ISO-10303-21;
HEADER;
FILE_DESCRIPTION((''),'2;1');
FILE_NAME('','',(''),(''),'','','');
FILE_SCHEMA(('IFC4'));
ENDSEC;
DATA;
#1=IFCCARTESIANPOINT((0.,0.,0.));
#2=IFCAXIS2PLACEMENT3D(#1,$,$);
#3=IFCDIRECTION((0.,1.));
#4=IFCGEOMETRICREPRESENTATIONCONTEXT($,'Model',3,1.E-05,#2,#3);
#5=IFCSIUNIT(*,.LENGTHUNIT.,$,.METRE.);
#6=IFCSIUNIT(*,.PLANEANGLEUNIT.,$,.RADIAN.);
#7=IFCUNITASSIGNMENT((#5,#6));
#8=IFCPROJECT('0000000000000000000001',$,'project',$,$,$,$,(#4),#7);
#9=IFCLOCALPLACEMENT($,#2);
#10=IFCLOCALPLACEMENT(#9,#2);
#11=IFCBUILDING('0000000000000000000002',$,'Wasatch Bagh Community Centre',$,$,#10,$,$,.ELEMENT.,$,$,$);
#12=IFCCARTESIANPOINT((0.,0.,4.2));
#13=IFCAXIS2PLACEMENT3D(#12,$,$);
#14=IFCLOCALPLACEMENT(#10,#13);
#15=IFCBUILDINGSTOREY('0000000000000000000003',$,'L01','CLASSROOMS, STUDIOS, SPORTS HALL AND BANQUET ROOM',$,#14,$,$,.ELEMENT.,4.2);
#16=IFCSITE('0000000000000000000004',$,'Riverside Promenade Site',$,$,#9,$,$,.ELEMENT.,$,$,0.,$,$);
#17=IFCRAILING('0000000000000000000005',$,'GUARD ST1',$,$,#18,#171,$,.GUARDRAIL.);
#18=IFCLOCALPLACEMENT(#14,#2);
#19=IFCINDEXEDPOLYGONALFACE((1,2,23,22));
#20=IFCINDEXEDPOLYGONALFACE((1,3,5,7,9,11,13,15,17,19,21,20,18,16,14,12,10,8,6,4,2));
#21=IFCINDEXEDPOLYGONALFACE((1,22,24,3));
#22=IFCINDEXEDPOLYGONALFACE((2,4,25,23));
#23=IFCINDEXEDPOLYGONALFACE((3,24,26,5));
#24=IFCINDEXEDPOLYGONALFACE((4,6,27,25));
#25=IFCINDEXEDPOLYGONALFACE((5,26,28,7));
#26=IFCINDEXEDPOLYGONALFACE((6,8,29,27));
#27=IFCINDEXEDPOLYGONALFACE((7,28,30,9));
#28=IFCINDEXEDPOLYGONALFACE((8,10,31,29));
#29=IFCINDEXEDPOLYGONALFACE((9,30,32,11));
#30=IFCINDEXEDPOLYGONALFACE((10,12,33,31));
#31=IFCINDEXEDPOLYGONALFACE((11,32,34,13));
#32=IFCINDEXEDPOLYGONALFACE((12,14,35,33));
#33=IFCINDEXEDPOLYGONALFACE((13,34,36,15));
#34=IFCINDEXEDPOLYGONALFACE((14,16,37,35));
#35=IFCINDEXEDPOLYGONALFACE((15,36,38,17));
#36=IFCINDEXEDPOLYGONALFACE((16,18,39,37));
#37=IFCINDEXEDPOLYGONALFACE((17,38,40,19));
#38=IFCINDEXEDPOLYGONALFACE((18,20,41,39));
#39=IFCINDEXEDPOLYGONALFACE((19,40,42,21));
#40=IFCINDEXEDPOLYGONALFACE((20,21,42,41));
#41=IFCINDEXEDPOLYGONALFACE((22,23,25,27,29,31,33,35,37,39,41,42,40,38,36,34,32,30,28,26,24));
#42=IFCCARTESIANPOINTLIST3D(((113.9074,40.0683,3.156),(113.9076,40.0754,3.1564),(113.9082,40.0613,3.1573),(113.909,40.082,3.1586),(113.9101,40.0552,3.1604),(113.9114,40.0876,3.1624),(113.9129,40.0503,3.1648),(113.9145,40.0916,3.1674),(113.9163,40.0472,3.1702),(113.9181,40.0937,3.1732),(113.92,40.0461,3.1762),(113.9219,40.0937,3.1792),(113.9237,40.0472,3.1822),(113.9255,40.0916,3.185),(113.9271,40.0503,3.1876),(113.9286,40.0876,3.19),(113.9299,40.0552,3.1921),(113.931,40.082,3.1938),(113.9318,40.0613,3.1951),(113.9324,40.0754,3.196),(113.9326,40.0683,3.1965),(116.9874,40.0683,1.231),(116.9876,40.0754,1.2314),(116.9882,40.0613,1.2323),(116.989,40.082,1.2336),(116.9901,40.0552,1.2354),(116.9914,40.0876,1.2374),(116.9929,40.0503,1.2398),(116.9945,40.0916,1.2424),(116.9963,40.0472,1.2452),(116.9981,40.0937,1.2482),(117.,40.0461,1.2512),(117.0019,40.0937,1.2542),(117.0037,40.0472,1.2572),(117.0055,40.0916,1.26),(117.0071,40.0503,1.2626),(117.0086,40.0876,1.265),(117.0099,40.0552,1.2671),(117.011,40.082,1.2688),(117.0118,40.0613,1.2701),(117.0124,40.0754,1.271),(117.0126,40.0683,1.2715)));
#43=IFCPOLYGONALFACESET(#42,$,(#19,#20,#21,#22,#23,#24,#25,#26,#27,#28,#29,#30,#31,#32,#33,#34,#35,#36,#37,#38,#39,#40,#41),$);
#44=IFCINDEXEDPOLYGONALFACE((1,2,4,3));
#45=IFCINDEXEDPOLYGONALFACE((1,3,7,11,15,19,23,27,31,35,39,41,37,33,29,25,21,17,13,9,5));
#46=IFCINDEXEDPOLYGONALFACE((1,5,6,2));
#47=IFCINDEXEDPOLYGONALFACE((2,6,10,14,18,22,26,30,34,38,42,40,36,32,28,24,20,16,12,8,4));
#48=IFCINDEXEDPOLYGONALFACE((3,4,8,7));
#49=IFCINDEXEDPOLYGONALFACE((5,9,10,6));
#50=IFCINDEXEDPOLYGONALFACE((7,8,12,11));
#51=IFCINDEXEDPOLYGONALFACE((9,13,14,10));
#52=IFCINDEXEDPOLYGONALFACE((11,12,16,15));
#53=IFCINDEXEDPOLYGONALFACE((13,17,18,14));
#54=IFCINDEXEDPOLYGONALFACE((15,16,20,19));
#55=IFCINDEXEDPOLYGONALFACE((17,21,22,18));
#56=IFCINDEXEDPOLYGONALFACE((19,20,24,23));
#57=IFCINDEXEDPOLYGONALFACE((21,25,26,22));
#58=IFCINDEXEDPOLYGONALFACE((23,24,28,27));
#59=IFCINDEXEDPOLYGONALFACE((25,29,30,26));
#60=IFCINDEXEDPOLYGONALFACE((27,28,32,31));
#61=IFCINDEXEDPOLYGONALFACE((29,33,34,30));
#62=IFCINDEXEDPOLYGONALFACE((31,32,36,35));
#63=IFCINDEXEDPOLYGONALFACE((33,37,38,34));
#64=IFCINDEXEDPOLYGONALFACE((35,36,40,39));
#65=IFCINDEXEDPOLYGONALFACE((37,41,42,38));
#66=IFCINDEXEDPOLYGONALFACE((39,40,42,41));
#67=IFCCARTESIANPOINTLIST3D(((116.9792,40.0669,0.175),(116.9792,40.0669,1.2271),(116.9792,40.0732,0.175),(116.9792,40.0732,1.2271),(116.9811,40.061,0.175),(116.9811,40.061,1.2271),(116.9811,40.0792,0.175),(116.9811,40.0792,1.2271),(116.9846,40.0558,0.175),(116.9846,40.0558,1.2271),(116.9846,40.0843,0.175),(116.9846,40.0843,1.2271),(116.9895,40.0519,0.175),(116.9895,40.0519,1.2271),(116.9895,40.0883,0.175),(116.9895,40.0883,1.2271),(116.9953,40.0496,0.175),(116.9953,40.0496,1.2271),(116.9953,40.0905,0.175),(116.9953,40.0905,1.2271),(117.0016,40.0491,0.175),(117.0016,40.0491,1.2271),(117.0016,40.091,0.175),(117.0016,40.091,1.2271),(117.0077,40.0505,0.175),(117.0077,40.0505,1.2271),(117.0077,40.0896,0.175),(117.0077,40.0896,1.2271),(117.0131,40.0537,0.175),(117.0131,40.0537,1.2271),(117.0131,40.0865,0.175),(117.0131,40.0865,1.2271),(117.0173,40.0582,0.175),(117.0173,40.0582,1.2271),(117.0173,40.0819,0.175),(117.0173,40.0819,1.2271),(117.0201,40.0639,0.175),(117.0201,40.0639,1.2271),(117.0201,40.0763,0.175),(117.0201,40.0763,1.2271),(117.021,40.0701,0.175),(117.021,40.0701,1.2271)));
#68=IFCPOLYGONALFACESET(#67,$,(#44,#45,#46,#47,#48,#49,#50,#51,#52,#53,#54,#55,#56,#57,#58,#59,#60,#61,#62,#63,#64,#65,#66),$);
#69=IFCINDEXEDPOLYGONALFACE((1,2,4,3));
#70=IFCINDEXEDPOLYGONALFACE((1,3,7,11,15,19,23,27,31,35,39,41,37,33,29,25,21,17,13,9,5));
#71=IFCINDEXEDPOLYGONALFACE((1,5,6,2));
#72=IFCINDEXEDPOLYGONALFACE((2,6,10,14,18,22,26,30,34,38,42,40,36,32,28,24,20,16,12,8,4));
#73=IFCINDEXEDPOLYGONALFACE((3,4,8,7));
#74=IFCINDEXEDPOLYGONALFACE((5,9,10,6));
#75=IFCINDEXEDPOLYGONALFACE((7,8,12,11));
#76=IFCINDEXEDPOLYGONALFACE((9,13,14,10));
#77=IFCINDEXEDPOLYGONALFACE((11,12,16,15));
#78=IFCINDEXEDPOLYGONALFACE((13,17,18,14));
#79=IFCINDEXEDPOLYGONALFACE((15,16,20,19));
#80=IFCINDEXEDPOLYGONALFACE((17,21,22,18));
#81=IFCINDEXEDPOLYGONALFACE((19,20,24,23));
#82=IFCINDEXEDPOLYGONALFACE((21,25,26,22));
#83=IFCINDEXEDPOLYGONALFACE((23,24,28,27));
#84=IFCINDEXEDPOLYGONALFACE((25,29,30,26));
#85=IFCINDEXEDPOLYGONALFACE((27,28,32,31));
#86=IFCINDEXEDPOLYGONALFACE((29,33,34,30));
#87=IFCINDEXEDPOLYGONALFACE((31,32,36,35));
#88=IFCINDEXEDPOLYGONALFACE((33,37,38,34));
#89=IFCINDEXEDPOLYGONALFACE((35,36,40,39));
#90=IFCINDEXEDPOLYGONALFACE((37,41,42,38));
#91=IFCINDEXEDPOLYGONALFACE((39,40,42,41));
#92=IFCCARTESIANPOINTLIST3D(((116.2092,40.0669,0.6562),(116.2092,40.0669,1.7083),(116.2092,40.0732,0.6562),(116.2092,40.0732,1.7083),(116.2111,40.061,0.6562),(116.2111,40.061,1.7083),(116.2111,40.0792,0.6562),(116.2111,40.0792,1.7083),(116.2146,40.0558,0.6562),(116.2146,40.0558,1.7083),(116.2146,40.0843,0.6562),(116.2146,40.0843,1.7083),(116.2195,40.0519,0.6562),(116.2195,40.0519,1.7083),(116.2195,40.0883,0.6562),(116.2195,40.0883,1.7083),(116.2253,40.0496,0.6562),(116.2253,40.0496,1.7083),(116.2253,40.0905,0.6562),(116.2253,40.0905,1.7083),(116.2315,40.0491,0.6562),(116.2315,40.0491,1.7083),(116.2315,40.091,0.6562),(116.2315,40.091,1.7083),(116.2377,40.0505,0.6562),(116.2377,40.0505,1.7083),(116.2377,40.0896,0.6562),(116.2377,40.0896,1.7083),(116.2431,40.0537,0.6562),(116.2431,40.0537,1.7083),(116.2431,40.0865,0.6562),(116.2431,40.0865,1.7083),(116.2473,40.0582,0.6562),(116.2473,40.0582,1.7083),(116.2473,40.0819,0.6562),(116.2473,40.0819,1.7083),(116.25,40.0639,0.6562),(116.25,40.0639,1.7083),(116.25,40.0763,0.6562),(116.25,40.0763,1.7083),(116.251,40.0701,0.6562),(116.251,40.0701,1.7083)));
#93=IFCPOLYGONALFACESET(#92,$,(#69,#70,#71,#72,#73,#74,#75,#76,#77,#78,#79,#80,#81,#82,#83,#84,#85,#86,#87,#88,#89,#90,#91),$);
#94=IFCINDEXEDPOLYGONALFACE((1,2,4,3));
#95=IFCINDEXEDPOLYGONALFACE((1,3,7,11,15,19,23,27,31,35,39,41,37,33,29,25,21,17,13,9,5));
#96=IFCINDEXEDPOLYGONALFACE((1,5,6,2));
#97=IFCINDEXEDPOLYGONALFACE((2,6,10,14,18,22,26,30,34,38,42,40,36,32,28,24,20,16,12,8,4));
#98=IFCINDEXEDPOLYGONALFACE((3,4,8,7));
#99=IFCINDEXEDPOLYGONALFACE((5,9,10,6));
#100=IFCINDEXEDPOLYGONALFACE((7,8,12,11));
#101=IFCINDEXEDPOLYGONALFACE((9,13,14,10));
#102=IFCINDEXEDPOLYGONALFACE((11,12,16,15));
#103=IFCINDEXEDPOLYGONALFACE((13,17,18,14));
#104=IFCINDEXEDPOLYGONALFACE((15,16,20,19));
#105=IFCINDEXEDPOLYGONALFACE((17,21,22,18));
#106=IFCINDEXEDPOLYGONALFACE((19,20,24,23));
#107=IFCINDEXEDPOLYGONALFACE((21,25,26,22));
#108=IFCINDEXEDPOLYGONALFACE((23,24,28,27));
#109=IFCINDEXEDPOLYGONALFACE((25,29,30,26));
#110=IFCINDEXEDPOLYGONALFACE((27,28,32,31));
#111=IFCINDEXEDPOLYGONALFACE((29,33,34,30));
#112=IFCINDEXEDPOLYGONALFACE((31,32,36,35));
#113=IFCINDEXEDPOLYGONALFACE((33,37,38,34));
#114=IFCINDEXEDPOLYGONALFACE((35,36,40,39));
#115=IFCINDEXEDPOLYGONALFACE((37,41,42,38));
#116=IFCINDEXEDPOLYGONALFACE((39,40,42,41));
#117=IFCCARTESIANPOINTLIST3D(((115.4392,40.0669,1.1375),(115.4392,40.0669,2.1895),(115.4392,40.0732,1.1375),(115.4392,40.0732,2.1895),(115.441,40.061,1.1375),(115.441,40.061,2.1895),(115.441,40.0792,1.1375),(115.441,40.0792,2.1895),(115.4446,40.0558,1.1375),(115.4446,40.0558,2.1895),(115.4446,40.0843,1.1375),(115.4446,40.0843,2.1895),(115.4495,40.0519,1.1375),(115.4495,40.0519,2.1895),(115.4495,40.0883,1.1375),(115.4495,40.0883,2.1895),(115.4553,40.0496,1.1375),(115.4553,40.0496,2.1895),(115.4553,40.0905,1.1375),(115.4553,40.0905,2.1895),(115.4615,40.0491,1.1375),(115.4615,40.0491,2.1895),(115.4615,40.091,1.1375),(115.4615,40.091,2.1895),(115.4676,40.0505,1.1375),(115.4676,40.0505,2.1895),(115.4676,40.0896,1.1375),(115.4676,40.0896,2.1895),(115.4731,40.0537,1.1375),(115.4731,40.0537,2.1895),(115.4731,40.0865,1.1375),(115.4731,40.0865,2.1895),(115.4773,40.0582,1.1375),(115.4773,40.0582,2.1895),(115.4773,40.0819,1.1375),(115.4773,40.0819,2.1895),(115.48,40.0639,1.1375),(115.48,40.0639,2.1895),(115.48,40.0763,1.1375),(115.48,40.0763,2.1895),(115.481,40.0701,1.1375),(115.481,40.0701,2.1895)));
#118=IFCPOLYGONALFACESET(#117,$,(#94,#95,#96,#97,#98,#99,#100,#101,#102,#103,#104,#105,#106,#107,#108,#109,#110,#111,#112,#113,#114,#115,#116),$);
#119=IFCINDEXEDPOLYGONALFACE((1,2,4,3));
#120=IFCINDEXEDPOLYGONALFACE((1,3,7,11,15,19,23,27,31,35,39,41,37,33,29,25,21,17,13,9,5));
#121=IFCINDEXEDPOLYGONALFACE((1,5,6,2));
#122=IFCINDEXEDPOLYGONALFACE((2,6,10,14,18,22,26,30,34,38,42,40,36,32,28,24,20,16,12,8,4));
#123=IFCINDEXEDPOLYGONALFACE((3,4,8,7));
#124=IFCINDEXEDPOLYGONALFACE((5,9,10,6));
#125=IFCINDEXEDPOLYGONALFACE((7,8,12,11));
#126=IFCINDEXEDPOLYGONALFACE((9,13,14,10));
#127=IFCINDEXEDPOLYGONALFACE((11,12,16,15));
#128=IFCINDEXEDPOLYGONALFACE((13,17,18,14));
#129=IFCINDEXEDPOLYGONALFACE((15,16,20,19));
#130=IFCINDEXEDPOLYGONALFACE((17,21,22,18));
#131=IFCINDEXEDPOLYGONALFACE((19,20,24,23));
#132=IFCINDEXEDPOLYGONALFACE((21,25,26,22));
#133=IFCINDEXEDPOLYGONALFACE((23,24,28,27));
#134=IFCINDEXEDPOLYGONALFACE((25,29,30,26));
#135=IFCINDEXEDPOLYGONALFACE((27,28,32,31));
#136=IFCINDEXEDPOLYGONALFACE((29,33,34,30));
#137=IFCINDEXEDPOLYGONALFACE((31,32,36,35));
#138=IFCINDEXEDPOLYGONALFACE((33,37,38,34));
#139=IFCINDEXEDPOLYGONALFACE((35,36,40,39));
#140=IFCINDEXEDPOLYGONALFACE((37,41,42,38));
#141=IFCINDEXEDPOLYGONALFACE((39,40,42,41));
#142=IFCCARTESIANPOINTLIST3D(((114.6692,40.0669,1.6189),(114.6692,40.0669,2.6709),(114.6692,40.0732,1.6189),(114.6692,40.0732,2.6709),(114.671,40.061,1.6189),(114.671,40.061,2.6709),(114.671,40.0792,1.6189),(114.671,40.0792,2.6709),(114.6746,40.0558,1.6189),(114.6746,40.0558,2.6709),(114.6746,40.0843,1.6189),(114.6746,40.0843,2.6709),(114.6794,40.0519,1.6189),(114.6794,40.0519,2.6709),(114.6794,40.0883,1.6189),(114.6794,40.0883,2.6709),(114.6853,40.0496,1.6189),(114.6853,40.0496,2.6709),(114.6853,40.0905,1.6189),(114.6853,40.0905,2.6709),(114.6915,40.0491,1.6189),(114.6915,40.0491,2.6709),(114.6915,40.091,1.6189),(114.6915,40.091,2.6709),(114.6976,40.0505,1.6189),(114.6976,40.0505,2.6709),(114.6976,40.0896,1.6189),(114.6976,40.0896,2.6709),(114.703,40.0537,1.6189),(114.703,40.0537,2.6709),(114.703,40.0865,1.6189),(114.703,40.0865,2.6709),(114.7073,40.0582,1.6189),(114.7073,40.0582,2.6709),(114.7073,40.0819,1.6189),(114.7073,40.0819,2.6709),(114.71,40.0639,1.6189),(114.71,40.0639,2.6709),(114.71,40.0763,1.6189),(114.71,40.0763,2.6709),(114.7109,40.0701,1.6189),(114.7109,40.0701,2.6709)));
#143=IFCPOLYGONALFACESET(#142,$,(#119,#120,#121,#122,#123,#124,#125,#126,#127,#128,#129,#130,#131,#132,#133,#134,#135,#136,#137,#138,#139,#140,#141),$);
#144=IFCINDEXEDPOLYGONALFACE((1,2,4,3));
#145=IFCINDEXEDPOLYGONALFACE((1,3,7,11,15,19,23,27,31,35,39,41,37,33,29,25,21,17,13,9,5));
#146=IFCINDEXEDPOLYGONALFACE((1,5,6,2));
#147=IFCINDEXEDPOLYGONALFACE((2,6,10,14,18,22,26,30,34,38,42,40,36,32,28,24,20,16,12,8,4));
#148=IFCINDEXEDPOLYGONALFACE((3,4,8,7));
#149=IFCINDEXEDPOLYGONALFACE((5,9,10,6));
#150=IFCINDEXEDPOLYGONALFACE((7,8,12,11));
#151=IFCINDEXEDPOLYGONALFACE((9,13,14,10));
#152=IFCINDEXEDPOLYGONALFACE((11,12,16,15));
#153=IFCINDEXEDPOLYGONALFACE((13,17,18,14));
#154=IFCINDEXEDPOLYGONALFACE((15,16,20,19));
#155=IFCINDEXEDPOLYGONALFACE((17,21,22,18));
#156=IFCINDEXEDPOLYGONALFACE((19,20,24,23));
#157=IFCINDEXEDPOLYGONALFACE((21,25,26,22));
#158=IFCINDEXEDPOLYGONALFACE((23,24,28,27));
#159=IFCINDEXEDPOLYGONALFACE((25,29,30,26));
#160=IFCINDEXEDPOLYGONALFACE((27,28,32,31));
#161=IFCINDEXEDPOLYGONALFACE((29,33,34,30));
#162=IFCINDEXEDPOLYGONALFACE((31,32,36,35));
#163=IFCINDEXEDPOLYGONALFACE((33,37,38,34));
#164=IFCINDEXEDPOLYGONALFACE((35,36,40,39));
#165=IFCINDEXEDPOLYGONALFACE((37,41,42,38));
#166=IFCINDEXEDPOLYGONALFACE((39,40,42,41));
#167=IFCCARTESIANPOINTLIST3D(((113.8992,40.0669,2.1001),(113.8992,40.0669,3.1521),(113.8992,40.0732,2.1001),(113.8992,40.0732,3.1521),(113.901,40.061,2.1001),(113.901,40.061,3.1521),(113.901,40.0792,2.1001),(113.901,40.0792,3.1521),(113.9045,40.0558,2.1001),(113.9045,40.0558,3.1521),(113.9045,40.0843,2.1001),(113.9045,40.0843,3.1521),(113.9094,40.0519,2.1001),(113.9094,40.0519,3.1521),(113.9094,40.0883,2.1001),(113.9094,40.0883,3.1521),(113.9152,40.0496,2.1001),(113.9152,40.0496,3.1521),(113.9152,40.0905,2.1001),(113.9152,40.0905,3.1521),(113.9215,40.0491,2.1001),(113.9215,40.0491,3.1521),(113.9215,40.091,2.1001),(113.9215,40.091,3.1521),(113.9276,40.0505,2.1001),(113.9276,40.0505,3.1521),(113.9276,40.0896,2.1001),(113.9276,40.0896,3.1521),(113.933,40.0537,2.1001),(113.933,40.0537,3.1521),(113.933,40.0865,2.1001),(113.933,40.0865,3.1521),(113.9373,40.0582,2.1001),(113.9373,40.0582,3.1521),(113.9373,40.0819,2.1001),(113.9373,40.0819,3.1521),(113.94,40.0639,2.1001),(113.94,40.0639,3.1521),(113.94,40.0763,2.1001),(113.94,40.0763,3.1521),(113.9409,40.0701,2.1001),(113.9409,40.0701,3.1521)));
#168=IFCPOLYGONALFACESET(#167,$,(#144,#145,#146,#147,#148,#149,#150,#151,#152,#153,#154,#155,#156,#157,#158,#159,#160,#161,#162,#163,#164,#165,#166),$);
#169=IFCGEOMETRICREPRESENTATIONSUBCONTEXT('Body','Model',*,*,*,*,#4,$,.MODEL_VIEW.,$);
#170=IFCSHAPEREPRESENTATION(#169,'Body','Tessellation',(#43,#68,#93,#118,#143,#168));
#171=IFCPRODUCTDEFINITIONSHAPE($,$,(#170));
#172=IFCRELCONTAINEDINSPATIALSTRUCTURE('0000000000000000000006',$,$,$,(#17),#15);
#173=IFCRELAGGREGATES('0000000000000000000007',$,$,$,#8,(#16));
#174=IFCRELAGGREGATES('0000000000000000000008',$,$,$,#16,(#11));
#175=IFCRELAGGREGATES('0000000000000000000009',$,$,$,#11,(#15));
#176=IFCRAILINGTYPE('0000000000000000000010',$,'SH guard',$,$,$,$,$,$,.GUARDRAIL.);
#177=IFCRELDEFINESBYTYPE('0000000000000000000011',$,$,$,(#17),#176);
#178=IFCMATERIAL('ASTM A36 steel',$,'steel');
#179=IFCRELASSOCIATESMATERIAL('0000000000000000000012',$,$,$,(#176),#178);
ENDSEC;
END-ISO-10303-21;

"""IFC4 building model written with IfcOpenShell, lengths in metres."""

from ifc_helpers import new_model, si_unit, direction, frame, origin, origin_2d, place, context, subcontext, project, spatial, circle, extrude, material, type_object, element, save


model = new_model("IFC4")

# Units and contexts
model_context = context("Model", 3, precision=1e-05, world=origin(), true_north=direction((0.0, 1.0)))
body_context = subcontext(model_context, "Body", "Model", "MODEL_VIEW")
ifc_project = project(units=[si_unit("LENGTHUNIT", "METRE"), si_unit("PLANEANGLEUNIT", "RADIAN")], contexts=[model_context])

# Site, building, storey
site_placement = place(None, origin())
site = spatial("IfcSite", under=ifc_project, at=site_placement, Name="Riverside Promenade Site", CompositionType="ELEMENT", RefElevation=0.0)
building_placement = place(site_placement, origin())
building = spatial("IfcBuilding", under=site, at=building_placement, Name="Wasatch Bagh Community Centre", CompositionType="ELEMENT")
storey_placement = place(building_placement, frame((0.0, 0.0, 4.2)))
storey = spatial("IfcBuildingStorey", under=building, at=storey_placement, Name="L01", Description="CLASSROOMS, STUDIOS, SPORTS HALL AND BANQUET ROOM", CompositionType="ELEMENT", Elevation=4.2)

# Railing
ifc_material_1 = material(Name="ASTM A36 steel", Category="steel")
railing_type_1 = type_object("IfcRailingType", Name="SH guard", PredefinedType="GUARDRAIL", material=ifc_material_1)
for number, where, name in (
    (1, (117.0, 40.0701, 0.175), "GUARD ST1"),
):
    element("IfcRailing", number, at=place(storey_placement, frame(where)), inside=storey, type_object=railing_type_1, Name=name, PredefinedType="GUARDRAIL", context=body_context, shape_type="SweptSolid", body=[
        extrude(circle(Radius=0.0239, at=origin_2d()), frame((0.0, 0.0, 1.0762), z_axis=(-0.847998, 0.0, 0.529999), x_axis=(0.0, -1.0, 0.0)), (0.0, 0.0, 1.0), 3.6321),
        extrude(circle(Radius=0.021, at=origin_2d()), origin(), (0.0, 0.0, 1.0), 1.052),
        extrude(circle(Radius=0.021, at=origin_2d()), frame((-0.77, 0.0, 0.4812)), (0.0, 0.0, 1.0), 1.052),
        extrude(circle(Radius=0.021, at=origin_2d()), frame((-1.54, 0.0, 0.9624)), (0.0, 0.0, 1.0), 1.052),
        extrude(circle(Radius=0.021, at=origin_2d()), frame((-2.3101, 0.0, 1.4438)), (0.0, 0.0, 1.0), 1.052),
        extrude(circle(Radius=0.021, at=origin_2d()), frame((-3.0801, 0.0, 1.925)), (0.0, 0.0, 1.0), 1.052),
    ])

save(model, "model.ifc")
